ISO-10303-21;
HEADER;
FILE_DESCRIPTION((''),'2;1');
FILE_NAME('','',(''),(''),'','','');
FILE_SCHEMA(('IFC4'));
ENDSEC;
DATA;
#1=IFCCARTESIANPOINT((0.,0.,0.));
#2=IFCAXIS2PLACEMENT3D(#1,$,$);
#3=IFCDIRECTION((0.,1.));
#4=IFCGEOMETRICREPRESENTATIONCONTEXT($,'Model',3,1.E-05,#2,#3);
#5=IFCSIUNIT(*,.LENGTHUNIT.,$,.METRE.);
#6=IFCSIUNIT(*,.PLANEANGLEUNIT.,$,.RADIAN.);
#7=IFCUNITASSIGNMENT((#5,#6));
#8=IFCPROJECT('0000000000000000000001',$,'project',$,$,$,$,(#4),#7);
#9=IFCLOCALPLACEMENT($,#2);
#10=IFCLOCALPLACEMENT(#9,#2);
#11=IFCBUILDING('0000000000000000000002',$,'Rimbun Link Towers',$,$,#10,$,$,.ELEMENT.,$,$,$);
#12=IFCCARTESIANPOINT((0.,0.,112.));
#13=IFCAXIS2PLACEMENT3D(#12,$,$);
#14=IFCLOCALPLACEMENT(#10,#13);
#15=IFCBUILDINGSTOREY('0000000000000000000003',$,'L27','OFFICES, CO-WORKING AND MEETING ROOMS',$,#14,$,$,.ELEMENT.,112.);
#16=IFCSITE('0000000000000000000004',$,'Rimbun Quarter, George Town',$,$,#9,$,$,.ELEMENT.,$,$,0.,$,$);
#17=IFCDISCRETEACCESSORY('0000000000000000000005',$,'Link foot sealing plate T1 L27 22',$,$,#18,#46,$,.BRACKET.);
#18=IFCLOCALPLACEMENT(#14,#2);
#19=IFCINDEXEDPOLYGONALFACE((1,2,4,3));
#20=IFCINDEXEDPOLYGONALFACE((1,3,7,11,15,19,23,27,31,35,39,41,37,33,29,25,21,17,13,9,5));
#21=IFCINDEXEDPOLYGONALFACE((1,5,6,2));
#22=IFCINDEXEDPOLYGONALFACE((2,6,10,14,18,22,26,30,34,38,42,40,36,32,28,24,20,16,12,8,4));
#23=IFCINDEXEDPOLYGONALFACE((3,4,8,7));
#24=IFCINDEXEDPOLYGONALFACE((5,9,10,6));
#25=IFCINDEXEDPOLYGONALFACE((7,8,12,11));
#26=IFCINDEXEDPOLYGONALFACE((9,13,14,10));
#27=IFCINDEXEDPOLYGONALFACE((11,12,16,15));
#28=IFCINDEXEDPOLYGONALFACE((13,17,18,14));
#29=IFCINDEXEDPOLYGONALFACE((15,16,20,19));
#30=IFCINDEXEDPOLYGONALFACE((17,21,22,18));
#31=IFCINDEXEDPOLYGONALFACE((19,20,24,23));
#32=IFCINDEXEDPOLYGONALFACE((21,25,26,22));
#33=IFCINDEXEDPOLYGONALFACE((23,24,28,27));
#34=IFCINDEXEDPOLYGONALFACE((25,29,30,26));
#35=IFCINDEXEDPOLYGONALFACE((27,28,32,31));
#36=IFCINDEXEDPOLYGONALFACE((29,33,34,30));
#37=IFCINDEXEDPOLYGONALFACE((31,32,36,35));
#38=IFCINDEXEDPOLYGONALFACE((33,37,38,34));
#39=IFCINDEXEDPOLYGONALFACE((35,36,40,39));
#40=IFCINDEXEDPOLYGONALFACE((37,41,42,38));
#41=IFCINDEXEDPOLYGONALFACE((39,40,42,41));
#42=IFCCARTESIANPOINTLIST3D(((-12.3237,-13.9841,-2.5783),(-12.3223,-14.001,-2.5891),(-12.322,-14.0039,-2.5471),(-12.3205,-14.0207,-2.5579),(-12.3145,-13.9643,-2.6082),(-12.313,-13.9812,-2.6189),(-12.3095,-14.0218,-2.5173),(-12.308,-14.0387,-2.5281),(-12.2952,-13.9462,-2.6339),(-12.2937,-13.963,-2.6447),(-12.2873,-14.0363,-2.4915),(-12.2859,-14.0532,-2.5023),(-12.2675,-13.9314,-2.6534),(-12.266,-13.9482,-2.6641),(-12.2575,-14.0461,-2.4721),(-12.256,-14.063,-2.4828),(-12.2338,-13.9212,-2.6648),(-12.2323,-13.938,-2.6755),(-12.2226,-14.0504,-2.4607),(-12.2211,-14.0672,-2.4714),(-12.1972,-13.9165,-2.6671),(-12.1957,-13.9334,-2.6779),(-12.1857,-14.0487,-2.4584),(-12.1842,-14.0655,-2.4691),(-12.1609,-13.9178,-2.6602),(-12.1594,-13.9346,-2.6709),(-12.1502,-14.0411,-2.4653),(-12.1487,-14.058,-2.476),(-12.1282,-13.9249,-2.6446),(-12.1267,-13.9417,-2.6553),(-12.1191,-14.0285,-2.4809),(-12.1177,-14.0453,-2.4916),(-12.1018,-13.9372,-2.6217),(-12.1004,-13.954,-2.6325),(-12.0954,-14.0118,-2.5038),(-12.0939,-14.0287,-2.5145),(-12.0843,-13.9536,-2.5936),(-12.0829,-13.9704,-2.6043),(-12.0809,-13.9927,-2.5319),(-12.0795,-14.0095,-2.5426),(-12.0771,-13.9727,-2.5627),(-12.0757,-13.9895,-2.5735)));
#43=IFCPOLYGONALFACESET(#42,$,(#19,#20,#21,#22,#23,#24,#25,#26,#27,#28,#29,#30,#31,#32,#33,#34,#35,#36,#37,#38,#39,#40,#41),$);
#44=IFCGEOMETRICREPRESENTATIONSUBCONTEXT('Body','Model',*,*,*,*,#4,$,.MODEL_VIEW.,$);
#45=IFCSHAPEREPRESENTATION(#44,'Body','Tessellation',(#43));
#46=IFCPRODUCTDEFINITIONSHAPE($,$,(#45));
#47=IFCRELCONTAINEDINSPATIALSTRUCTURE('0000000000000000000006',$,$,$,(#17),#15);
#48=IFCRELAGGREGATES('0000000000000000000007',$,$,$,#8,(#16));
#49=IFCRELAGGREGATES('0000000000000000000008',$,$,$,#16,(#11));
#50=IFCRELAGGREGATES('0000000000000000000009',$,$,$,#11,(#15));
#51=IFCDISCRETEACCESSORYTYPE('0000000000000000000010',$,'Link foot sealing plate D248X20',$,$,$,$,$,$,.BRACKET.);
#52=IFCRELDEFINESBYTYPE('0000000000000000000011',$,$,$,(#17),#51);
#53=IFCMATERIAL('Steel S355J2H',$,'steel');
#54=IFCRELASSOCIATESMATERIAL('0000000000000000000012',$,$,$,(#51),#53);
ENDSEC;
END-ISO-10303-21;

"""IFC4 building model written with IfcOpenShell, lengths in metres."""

from ifc_helpers import new_model, si_unit, direction, frame, origin, origin_2d, place, context, subcontext, project, spatial, circle, extrude, material, material_profile, profile_set, type_object, element, save


model = new_model("IFC4")

# Units and contexts
model_context = context("Model", 3, precision=1e-05, world=origin(), true_north=direction((0.0, 1.0)))
body_context = subcontext(model_context, "Body", "Model", "MODEL_VIEW")
ifc_project = project(units=[si_unit("LENGTHUNIT", "METRE"), si_unit("PLANEANGLEUNIT", "RADIAN")], contexts=[model_context])

# Site, building, storey
site_placement = place(None, origin())
site = spatial("IfcSite", under=ifc_project, at=site_placement, Name="Rimbun Quarter, George Town", CompositionType="ELEMENT", RefElevation=0.0)
building_placement = place(site_placement, origin())
building = spatial("IfcBuilding", under=site, at=building_placement, Name="Rimbun Link Towers", CompositionType="ELEMENT")
storey_placement = place(building_placement, frame((0.0, 0.0, 112.0)))
storey = spatial("IfcBuildingStorey", under=building, at=storey_placement, Name="L27", Description="OFFICES, CO-WORKING AND MEETING ROOMS", CompositionType="ELEMENT", Elevation=112.0)

# Discrete accessory
ifc_material_1 = material(Name="Steel S355J2H", Category="steel")
ifc_material_profile_1 = material_profile(ifc_material_1, circle(Radius=0.124, at=origin_2d()), Name="PL D248")
ifc_profile_set_1 = profile_set([ifc_material_profile_1], Name="Steel S355J2H")
discrete_accessory_type = type_object("IfcDiscreteAccessoryType", Name="Link foot sealing plate D248X20", PredefinedType="BRACKET", material=ifc_profile_set_1)
discrete_accessory_placement = place(storey_placement, frame((-12.2007, -13.9834, -2.5627), z_axis=(0.073122, -0.840901, -0.536227), x_axis=(0.996241, 0.08663, 0.0)))
element("IfcDiscreteAccessory", 1, at=discrete_accessory_placement, inside=storey, type_object=discrete_accessory_type, Name="Link foot sealing plate T1 L27 22", PredefinedType="BRACKET", context=body_context, shape_type="SweptSolid", body=[
    extrude(circle(Radius=0.124, at=origin_2d()), origin(), (0.0, 0.0, 1.0), 0.02),
])

save(model, "model.ifc")
